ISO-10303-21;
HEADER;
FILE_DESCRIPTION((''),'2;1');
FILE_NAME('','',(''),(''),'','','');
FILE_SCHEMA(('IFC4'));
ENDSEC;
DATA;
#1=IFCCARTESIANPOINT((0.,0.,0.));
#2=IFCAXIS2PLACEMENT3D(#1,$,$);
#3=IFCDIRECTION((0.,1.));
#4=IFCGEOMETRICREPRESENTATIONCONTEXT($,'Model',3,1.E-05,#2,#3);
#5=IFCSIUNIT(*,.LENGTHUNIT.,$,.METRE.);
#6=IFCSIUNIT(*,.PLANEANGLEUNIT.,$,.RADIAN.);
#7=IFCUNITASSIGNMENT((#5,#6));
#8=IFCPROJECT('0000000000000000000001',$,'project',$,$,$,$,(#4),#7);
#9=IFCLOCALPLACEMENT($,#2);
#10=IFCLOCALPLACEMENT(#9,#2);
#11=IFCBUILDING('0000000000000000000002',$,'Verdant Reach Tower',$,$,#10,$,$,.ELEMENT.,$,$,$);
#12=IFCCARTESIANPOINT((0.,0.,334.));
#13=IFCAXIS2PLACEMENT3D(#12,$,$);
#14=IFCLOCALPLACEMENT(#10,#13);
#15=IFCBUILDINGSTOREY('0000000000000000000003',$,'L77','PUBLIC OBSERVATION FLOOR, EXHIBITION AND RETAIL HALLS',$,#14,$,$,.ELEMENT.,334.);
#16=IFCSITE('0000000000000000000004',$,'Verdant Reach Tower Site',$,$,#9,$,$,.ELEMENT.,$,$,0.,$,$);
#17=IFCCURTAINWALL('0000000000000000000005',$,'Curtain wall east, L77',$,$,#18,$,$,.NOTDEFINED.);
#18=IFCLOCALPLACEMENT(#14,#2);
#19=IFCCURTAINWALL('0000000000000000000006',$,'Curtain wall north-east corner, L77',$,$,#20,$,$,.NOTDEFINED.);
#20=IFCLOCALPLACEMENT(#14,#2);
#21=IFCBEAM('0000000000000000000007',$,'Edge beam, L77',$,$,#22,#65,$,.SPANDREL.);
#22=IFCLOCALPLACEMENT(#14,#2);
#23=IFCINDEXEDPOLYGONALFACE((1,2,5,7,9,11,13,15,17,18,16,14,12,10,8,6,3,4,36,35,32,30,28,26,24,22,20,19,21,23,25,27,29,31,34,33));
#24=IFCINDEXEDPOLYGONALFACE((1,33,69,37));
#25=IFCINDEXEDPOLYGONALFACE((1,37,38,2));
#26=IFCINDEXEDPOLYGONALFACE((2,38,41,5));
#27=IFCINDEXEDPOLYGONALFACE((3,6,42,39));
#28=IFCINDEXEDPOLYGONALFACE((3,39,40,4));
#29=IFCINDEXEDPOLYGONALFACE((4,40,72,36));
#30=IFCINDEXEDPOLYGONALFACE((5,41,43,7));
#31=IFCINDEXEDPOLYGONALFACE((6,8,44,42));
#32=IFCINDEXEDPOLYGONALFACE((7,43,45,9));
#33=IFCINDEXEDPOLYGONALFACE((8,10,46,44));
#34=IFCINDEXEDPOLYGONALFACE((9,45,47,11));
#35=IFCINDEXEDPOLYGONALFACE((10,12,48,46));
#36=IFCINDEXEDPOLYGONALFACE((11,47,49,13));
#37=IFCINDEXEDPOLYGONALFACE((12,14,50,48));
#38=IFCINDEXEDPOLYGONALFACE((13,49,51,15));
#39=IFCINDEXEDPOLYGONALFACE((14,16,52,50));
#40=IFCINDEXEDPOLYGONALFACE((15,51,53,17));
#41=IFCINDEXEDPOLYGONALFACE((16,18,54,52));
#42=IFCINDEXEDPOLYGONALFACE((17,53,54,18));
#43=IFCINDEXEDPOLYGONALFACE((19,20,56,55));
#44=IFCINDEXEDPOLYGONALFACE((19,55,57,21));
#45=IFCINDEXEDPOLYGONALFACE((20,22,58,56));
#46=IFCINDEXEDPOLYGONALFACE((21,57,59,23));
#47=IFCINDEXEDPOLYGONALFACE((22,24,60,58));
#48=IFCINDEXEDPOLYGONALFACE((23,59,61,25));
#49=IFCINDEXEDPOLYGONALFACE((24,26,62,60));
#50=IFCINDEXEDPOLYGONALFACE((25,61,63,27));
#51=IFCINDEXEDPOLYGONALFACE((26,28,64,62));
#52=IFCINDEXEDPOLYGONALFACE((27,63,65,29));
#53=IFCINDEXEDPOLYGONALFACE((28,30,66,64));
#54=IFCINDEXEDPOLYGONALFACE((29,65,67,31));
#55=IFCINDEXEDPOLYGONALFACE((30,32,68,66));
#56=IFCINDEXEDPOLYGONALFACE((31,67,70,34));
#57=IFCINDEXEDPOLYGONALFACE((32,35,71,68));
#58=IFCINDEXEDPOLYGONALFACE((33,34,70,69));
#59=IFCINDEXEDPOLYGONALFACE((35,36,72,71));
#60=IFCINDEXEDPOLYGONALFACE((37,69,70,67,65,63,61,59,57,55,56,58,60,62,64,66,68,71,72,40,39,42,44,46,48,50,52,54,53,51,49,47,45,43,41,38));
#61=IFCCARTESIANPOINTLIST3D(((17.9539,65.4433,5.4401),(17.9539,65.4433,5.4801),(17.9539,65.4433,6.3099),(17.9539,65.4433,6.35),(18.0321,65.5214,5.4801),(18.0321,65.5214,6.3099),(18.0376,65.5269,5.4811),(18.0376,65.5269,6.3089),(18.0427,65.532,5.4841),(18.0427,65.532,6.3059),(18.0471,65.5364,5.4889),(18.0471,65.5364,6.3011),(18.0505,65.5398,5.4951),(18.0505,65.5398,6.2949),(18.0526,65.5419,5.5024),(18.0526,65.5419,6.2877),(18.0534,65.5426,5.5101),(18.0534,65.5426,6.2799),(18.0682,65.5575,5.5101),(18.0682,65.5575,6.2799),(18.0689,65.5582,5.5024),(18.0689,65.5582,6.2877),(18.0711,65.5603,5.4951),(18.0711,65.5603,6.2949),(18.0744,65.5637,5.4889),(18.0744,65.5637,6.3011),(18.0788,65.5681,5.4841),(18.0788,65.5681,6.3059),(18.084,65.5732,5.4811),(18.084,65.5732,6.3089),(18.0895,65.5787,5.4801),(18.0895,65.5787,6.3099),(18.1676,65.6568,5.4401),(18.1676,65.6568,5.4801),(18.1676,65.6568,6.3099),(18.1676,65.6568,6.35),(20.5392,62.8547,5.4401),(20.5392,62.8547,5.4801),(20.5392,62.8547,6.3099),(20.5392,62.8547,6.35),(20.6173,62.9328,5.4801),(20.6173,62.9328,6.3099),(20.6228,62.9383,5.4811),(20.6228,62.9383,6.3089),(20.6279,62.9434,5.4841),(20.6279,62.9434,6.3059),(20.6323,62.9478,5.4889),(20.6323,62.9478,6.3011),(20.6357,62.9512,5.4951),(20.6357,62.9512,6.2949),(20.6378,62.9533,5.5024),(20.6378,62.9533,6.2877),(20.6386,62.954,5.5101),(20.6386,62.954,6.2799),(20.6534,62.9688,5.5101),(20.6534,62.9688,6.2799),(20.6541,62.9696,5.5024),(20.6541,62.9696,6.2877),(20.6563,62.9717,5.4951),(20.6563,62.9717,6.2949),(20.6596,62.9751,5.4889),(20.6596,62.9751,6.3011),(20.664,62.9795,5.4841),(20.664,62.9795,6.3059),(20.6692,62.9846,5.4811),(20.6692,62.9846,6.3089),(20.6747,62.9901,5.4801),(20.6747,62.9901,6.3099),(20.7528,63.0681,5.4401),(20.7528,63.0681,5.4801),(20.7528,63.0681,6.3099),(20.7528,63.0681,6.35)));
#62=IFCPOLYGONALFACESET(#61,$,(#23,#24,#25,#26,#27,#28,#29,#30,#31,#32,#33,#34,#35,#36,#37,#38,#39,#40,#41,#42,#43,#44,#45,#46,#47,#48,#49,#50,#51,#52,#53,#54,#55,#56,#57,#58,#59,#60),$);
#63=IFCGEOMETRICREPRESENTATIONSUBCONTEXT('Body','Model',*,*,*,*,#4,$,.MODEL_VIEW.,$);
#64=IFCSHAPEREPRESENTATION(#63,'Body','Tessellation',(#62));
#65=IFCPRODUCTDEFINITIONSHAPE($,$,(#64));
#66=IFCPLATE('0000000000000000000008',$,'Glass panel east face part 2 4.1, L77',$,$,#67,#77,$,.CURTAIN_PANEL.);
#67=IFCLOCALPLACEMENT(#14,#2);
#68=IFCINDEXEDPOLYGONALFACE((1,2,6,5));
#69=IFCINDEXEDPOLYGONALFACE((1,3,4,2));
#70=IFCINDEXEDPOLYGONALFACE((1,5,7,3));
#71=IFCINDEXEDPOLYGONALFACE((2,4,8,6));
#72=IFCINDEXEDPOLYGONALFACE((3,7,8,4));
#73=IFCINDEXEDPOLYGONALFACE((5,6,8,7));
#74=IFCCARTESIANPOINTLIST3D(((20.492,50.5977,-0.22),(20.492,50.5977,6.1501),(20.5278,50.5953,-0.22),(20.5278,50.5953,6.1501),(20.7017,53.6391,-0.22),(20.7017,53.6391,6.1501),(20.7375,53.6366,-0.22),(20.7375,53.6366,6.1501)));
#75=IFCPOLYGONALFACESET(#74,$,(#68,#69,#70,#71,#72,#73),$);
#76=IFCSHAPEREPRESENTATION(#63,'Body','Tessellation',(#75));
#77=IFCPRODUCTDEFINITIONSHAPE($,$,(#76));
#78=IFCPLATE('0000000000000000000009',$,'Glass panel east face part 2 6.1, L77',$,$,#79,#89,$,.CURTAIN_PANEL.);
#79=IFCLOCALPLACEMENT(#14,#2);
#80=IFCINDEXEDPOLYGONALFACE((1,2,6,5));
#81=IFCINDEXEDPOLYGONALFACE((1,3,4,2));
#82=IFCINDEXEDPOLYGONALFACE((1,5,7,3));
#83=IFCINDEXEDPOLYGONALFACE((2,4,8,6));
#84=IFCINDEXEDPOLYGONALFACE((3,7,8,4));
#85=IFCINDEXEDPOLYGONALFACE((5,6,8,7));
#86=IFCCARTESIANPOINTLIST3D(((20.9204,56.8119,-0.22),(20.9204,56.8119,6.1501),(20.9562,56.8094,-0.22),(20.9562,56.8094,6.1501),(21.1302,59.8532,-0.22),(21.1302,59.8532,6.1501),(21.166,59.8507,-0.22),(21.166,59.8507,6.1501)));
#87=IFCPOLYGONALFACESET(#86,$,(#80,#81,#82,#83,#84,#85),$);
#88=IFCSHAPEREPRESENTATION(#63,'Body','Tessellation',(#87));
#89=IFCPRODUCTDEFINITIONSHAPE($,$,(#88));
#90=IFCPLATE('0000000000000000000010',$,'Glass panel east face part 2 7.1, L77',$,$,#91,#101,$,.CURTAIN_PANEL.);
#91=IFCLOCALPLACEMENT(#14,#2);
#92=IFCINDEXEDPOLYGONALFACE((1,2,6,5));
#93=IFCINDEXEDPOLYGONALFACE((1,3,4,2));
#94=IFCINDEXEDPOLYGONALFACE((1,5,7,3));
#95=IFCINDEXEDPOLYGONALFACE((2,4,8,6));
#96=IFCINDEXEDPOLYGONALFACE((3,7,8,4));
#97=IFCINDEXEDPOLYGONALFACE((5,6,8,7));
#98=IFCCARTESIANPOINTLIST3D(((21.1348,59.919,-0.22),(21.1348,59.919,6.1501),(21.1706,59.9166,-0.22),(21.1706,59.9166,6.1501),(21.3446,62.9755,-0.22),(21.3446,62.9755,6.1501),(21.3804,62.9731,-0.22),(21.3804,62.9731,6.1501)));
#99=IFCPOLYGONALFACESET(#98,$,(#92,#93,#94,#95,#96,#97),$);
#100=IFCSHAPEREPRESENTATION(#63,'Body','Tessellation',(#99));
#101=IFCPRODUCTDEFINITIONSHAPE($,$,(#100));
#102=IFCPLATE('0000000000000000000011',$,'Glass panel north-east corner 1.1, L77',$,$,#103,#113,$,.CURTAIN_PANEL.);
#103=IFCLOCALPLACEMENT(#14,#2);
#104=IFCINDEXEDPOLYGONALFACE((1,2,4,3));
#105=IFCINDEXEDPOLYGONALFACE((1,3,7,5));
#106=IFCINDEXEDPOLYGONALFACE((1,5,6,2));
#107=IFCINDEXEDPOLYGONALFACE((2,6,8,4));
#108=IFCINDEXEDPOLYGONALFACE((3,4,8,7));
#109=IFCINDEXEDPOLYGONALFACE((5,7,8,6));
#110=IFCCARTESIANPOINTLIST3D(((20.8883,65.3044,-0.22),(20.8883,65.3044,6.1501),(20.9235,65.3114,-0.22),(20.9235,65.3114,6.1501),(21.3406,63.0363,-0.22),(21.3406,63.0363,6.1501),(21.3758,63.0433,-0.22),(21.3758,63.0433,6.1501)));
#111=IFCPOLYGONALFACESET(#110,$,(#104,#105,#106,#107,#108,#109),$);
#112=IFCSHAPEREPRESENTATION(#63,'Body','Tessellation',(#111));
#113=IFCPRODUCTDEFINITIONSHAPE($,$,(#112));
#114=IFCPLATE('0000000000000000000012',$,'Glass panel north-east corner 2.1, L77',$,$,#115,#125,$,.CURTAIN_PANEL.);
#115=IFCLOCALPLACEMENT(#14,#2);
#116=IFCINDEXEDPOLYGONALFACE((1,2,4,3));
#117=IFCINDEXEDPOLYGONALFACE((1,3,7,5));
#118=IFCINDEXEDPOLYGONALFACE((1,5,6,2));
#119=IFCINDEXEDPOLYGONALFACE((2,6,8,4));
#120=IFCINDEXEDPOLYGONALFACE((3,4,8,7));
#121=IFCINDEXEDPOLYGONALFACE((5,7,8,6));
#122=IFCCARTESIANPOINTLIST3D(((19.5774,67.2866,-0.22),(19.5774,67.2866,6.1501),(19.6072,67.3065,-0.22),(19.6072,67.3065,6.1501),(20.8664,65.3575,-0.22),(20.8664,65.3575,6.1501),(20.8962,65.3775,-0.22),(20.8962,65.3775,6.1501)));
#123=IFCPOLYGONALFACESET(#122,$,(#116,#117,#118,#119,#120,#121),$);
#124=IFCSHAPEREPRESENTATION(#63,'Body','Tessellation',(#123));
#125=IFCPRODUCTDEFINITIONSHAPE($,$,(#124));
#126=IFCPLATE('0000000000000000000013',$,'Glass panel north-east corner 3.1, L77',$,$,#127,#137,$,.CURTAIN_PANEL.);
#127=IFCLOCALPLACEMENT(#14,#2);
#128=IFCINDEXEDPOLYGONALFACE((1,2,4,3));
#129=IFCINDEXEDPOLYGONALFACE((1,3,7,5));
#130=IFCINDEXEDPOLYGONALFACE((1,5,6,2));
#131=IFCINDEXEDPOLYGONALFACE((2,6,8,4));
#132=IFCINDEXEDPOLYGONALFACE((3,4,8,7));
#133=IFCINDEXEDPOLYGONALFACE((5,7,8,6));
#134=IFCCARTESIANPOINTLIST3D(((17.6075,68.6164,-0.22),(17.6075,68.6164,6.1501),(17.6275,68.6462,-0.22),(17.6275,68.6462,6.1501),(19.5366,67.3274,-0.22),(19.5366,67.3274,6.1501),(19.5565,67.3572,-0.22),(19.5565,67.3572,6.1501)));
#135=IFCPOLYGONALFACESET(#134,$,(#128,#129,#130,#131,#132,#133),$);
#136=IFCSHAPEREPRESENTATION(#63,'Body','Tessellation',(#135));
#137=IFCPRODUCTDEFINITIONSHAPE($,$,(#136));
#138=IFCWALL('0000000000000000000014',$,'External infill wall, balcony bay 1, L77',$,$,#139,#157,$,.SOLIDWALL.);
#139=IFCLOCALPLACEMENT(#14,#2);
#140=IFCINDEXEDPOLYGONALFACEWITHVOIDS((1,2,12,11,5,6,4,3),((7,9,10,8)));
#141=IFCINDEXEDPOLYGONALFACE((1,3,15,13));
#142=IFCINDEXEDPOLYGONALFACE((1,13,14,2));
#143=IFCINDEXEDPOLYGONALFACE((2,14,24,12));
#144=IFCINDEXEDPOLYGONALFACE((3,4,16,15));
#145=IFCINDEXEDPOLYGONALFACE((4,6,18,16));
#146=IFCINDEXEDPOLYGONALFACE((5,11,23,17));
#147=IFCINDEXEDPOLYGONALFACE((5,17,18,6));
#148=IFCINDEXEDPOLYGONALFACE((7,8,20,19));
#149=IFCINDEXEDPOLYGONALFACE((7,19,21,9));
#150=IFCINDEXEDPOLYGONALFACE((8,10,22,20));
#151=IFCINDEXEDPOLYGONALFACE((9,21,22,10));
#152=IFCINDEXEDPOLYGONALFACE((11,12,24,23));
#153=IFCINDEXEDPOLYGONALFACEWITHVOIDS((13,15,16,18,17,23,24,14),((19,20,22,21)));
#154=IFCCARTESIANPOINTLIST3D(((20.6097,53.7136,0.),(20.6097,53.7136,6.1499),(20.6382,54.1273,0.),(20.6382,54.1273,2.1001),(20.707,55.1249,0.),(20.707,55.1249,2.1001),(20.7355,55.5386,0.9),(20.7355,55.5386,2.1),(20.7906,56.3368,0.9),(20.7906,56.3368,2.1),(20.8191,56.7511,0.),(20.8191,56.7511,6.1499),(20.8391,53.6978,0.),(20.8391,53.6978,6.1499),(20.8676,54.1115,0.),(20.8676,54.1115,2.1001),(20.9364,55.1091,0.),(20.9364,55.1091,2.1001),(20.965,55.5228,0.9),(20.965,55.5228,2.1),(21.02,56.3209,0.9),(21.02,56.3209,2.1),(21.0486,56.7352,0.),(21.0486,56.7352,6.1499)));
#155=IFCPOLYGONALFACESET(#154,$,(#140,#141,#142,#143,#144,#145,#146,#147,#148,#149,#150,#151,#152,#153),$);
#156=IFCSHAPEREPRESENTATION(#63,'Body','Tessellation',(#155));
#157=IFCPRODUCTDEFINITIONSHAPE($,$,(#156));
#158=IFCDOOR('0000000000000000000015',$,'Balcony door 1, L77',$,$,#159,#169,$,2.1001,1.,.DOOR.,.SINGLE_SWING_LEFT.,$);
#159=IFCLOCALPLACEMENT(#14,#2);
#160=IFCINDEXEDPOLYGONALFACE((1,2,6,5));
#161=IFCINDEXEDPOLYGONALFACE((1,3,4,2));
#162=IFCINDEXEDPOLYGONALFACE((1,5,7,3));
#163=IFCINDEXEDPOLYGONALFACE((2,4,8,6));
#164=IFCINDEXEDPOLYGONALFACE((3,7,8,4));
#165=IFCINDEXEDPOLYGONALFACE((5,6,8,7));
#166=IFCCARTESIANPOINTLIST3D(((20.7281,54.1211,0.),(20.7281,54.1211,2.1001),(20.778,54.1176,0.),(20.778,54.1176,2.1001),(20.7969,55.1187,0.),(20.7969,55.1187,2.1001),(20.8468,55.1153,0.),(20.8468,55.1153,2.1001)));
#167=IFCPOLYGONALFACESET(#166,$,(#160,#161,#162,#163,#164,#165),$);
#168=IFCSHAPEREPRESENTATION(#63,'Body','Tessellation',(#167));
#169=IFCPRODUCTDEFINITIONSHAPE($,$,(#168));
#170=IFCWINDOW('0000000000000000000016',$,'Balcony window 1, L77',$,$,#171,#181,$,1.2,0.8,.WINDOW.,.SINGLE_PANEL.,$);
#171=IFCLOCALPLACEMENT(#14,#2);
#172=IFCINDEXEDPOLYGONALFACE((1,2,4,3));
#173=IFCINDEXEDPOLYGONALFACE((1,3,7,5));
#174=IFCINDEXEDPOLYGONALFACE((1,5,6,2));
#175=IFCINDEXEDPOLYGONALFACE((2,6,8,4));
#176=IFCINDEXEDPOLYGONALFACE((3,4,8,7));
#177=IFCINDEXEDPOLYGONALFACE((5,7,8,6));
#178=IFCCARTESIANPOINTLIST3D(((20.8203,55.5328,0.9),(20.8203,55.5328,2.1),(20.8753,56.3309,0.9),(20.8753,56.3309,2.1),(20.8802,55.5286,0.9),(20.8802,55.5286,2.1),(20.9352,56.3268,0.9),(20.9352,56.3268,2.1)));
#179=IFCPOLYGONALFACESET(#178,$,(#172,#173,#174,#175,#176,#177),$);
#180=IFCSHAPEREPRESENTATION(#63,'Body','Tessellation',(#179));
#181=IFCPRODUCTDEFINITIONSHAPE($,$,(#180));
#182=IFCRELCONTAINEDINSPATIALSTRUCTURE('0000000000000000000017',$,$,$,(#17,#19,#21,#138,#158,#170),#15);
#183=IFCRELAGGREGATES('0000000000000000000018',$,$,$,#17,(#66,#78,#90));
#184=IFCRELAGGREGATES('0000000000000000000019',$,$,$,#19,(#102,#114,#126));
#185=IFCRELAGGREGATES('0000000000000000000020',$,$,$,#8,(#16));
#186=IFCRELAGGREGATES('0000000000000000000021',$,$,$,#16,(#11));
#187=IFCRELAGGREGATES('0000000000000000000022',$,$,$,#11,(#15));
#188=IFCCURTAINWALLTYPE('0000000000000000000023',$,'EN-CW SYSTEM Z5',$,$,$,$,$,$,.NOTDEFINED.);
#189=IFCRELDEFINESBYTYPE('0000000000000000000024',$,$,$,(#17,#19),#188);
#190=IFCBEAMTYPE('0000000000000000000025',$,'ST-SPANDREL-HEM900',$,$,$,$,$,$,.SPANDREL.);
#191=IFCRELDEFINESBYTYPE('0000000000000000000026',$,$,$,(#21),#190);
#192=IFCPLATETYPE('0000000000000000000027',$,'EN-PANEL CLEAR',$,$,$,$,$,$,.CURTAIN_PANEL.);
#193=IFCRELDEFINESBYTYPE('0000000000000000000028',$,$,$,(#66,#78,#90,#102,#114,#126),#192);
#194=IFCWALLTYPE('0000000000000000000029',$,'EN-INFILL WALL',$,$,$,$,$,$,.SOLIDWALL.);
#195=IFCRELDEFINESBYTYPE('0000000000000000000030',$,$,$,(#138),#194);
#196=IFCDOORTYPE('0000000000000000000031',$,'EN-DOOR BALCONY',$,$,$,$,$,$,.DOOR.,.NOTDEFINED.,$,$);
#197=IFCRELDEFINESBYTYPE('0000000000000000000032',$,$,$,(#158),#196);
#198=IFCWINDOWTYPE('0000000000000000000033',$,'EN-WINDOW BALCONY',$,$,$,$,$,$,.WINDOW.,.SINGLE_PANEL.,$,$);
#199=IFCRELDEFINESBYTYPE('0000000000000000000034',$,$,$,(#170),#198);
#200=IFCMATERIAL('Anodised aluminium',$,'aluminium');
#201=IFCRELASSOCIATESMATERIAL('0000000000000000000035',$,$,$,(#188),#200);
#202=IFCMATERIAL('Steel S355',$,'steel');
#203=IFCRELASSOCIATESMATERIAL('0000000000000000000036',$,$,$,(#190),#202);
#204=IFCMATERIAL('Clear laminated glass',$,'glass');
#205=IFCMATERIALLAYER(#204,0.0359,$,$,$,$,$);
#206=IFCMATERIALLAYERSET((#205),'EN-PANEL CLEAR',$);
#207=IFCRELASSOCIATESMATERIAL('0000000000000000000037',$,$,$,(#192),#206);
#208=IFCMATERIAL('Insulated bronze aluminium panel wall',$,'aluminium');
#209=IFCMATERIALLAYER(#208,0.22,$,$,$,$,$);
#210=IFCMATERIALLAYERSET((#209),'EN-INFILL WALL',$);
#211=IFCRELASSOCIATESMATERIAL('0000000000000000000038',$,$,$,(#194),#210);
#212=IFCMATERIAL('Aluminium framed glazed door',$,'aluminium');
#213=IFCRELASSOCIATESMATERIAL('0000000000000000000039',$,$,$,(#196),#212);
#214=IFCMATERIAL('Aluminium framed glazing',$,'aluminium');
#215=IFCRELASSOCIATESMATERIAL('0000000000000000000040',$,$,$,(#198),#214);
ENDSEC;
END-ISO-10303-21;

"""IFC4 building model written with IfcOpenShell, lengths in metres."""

from ifc_helpers import new_model, si_unit, direction, frame, frame_2d, origin, origin_2d, place, context, subcontext, project, spatial, rectangle, i_section, extrude, material, layer, layer_set, material_profile, profile_set, type_object, element, fill, aggregate, save


model = new_model("IFC4")

# Units and contexts
model_context = context("Model", 3, precision=1e-05, world=origin(), true_north=direction((0.0, 1.0)))
body_context = subcontext(model_context, "Body", "Model", "MODEL_VIEW")
ifc_project = project(units=[si_unit("LENGTHUNIT", "METRE"), si_unit("PLANEANGLEUNIT", "RADIAN")], contexts=[model_context])

# Site, building, storey
site_placement = place(None, origin())
site = spatial("IfcSite", under=ifc_project, at=site_placement, Name="Verdant Reach Tower Site", CompositionType="ELEMENT", RefElevation=0.0)
building_placement = place(site_placement, origin())
building = spatial("IfcBuilding", under=site, at=building_placement, Name="Verdant Reach Tower", CompositionType="ELEMENT")
storey_placement = place(building_placement, frame((0.0, 0.0, 334.0)))
storey = spatial("IfcBuildingStorey", under=building, at=storey_placement, Name="L77", Description="PUBLIC OBSERVATION FLOOR, EXHIBITION AND RETAIL HALLS", CompositionType="ELEMENT", Elevation=334.0)

# Curtain walls
ifc_material_1 = material(Name="Anodised aluminium", Category="aluminium")
curtain_wall_type = type_object("IfcCurtainWallType", Name="EN-CW SYSTEM Z5", PredefinedType="NOTDEFINED", material=ifc_material_1)
curtain_wall_1_placement = place(storey_placement, origin())
curtain_wall_1 = element("IfcCurtainWall", 1, at=curtain_wall_1_placement, inside=storey, type_object=curtain_wall_type, Name="Curtain wall east, L77", PredefinedType="NOTDEFINED")
curtain_wall_2_placement = place(storey_placement, origin())
curtain_wall_2 = element("IfcCurtainWall", 2, at=curtain_wall_2_placement, inside=storey, type_object=curtain_wall_type, Name="Curtain wall north-east corner, L77", PredefinedType="NOTDEFINED")

# Beam
ifc_material_2 = material(Name="Steel S355", Category="steel")
ifc_material_profile_1 = material_profile(ifc_material_2, i_section(OverallWidth=0.302, OverallDepth=0.9099, WebThickness=0.021, FlangeThickness=0.04, FilletRadius=0.03, at=origin_2d()), Name="HEM 900")
ifc_profile_set_1 = profile_set([ifc_material_profile_1], Name="Steel S355")
beam_type_1 = type_object("IfcBeamType", Name="ST-SPANDREL-HEM900", PredefinedType="SPANDREL", material=ifc_profile_set_1)
beam_1_placement = place(storey_placement, frame((18.0608, 65.55, 5.895), z_axis=(0.706639, -0.707574, 0.0), x_axis=(0.707574, 0.706639, 0.0)))
element("IfcBeam", 3, at=beam_1_placement, inside=storey, type_object=beam_type_1, Name="Edge beam, L77", PredefinedType="SPANDREL", context=body_context, shape_type="SweptSolid", body=[
    extrude(i_section(OverallWidth=0.302, OverallDepth=0.9099, WebThickness=0.021, FlangeThickness=0.04, FilletRadius=0.03, at=origin_2d()), origin(), (0.0, 0.0, 1.0), 3.6584),
])

# Plates
ifc_material_3 = material(Name="Clear laminated glass", Category="glass")
ifc_layer_1 = layer(ifc_material_3, 0.0359)
ifc_layer_set_1 = layer_set([ifc_layer_1], Name="EN-PANEL CLEAR")
plate_type = type_object("IfcPlateType", Name="EN-PANEL CLEAR", PredefinedType="CURTAIN_PANEL", material=ifc_layer_set_1)
plate_1_placement = place(storey_placement, frame((20.6147, 52.1172, -0.22), z_axis=(0.0, 0.0, 1.0), x_axis=(0.068802, 0.99763, 0.0)))
plate_1 = element("IfcPlate", 4, at=plate_1_placement, type_object=plate_type, Name="Glass panel east face part 2 4.1, L77", PredefinedType="CURTAIN_PANEL", context=body_context, shape_type="SweptSolid", body=[
    extrude(rectangle(XDim=3.0486, YDim=0.0359, at=origin_2d()), origin(), (0.0, 0.0, 1.0), 6.3701),
])
plate_2_placement = place(storey_placement, frame((21.0432, 58.3313, -0.22), z_axis=(0.0, 0.0, 1.0), x_axis=(0.068802, 0.99763, 0.0)))
plate_2 = element("IfcPlate", 5, at=plate_2_placement, type_object=plate_type, Name="Glass panel east face part 2 6.1, L77", PredefinedType="CURTAIN_PANEL", context=body_context, shape_type="SweptSolid", body=[
    extrude(rectangle(XDim=3.0486, YDim=0.0359, at=origin_2d()), origin(), (0.0, 0.0, 1.0), 6.3701),
])
plate_3_placement = place(storey_placement, frame((21.2576, 61.446, -0.22), z_axis=(0.0, 0.0, 1.0), x_axis=(0.06848, 0.997652, 0.0)))
plate_3 = element("IfcPlate", 6, at=plate_3_placement, type_object=plate_type, Name="Glass panel east face part 2 7.1, L77", PredefinedType="CURTAIN_PANEL", context=body_context, shape_type="SweptSolid", body=[
    extrude(rectangle(XDim=3.0637, YDim=0.0359, at=origin_2d()), origin(), (0.0, 0.0, 1.0), 6.3701),
])
aggregate(curtain_wall_1, [plate_1, plate_2, plate_3])
plate_4_placement = place(storey_placement, frame((21.1321, 64.1738, -0.22), z_axis=(0.0, 0.0, 1.0), x_axis=(-0.195576, 0.980689, 0.0)))
plate_4 = element("IfcPlate", 7, at=plate_4_placement, type_object=plate_type, Name="Glass panel north-east corner 1.1, L77", PredefinedType="CURTAIN_PANEL", context=body_context, shape_type="SweptSolid", body=[
    extrude(rectangle(XDim=2.3127, YDim=0.0359, at=origin_2d()), origin(), (0.0, 0.0, 1.0), 6.3701),
])
plate_5_placement = place(storey_placement, frame((20.2368, 66.332, -0.22), z_axis=(0.0, 0.0, 1.0), x_axis=(-0.555596, 0.831452, 0.0)))
plate_5 = element("IfcPlate", 8, at=plate_5_placement, type_object=plate_type, Name="Glass panel north-east corner 2.1, L77", PredefinedType="CURTAIN_PANEL", context=body_context, shape_type="SweptSolid", body=[
    extrude(rectangle(XDim=2.3201, YDim=0.0359, at=origin_2d()), origin(), (0.0, 0.0, 1.0), 6.3701),
])
plate_6_placement = place(storey_placement, frame((18.582, 67.9868, -0.22), z_axis=(0.0, 0.0, 1.0), x_axis=(-0.831452, 0.555596, 0.0)))
plate_6 = element("IfcPlate", 9, at=plate_6_placement, type_object=plate_type, Name="Glass panel north-east corner 3.1, L77", PredefinedType="CURTAIN_PANEL", context=body_context, shape_type="SweptSolid", body=[
    extrude(rectangle(XDim=2.3201, YDim=0.0359, at=origin_2d()), origin(), (0.0, 0.0, 1.0), 6.3701),
])
aggregate(curtain_wall_2, [plate_4, plate_5, plate_6])

# Wall, openings, door, window
ifc_material_4 = material(Name="Insulated bronze aluminium panel wall", Category="aluminium")
ifc_layer_2 = layer(ifc_material_4, 0.22)
ifc_layer_set_2 = layer_set([ifc_layer_2], Name="EN-INFILL WALL")
wall_type_1 = type_object("IfcWallType", Name="EN-INFILL WALL", PredefinedType="SOLIDWALL", material=ifc_layer_set_2)
wall_1_placement = place(storey_placement, frame((20.7244, 53.7056, 0.0), z_axis=(0.0, 0.0, 1.0), x_axis=(0.068802, 0.99763, 0.0)))
wall_1 = element("IfcWall", 10, at=wall_1_placement, inside=storey, type_object=wall_type_1, Name="External infill wall, balcony bay 1, L77", PredefinedType="SOLIDWALL", context=body_context, shape_type="SweptSolid", body=[
    extrude(rectangle(XDim=3.0447, YDim=0.23, at=frame_2d((1.5225, 0.0))), origin(), (0.0, 0.0, 1.0), 6.1499),
])
opening_1_placement = place(wall_1_placement, frame((0.4148, 0.0, 0.0)))
opening_1 = element("IfcOpeningElement", 11, at=opening_1_placement, cuts=wall_1, PredefinedType="OPENING", context=body_context, shape_type="SweptSolid", body=[
    extrude(rectangle(XDim=1.0, YDim=2.1001, at=frame_2d((0.5, 1.05))), frame((0.0, 0.125, 0.0), z_axis=(0.0, -1.0, 0.0), x_axis=(1.0, 0.0, 0.0)), (0.0, 0.0, 1.0), 0.25),
])
opening_2_placement = place(wall_1_placement, frame((1.8296, 0.0, 0.8999)))
opening_2 = element("IfcOpeningElement", 12, at=opening_2_placement, cuts=wall_1, PredefinedType="OPENING", context=body_context, shape_type="SweptSolid", body=[
    extrude(rectangle(XDim=0.8, YDim=1.2, at=frame_2d((0.3999, 0.6001))), frame((0.0, 0.125, 0.0), z_axis=(0.0, -1.0, 0.0), x_axis=(1.0, 0.0, 0.0)), (0.0, 0.0, 1.0), 0.25),
])
ifc_material_5 = material(Name="Aluminium framed glazed door", Category="aluminium")
door_type = type_object("IfcDoorType", Name="EN-DOOR BALCONY", OperationType="NOTDEFINED", PredefinedType="DOOR", material=ifc_material_5)
door_placement = place(opening_1_placement, origin())
door = element("IfcDoor", 13, at=door_placement, inside=storey, type_object=door_type, Name="Balcony door 1, L77", OperationType="SINGLE_SWING_LEFT", OverallHeight=2.1001, OverallWidth=1.0, PredefinedType="DOOR", context=body_context, shape_type="SweptSolid", body=[
    extrude(rectangle(XDim=1.0, YDim=2.1001, at=frame_2d((0.5, 1.05))), frame((0.0, 0.0249, 0.0), z_axis=(0.0, -1.0, 0.0), x_axis=(1.0, 0.0, 0.0)), (0.0, 0.0, 1.0), 0.05),
])
fill(opening_1, door)
ifc_material_6 = material(Name="Aluminium framed glazing", Category="aluminium")
window_type = type_object("IfcWindowType", Name="EN-WINDOW BALCONY", PartitioningType="SINGLE_PANEL", PredefinedType="WINDOW", material=ifc_material_6)
window_placement = place(opening_2_placement, origin())
window = element("IfcWindow", 14, at=window_placement, inside=storey, type_object=window_type, Name="Balcony window 1, L77", OverallHeight=1.2, OverallWidth=0.8, PartitioningType="SINGLE_PANEL", PredefinedType="WINDOW", context=body_context, shape_type="SweptSolid", body=[
    extrude(rectangle(XDim=0.8, YDim=1.2, at=frame_2d((0.3999, 0.6001))), frame((0.0, 0.03, 0.0), z_axis=(0.0, -1.0, 0.0), x_axis=(1.0, 0.0, 0.0)), (0.0, 0.0, 1.0), 0.0601),
])
fill(opening_2, window)

save(model, "model.ifc")
